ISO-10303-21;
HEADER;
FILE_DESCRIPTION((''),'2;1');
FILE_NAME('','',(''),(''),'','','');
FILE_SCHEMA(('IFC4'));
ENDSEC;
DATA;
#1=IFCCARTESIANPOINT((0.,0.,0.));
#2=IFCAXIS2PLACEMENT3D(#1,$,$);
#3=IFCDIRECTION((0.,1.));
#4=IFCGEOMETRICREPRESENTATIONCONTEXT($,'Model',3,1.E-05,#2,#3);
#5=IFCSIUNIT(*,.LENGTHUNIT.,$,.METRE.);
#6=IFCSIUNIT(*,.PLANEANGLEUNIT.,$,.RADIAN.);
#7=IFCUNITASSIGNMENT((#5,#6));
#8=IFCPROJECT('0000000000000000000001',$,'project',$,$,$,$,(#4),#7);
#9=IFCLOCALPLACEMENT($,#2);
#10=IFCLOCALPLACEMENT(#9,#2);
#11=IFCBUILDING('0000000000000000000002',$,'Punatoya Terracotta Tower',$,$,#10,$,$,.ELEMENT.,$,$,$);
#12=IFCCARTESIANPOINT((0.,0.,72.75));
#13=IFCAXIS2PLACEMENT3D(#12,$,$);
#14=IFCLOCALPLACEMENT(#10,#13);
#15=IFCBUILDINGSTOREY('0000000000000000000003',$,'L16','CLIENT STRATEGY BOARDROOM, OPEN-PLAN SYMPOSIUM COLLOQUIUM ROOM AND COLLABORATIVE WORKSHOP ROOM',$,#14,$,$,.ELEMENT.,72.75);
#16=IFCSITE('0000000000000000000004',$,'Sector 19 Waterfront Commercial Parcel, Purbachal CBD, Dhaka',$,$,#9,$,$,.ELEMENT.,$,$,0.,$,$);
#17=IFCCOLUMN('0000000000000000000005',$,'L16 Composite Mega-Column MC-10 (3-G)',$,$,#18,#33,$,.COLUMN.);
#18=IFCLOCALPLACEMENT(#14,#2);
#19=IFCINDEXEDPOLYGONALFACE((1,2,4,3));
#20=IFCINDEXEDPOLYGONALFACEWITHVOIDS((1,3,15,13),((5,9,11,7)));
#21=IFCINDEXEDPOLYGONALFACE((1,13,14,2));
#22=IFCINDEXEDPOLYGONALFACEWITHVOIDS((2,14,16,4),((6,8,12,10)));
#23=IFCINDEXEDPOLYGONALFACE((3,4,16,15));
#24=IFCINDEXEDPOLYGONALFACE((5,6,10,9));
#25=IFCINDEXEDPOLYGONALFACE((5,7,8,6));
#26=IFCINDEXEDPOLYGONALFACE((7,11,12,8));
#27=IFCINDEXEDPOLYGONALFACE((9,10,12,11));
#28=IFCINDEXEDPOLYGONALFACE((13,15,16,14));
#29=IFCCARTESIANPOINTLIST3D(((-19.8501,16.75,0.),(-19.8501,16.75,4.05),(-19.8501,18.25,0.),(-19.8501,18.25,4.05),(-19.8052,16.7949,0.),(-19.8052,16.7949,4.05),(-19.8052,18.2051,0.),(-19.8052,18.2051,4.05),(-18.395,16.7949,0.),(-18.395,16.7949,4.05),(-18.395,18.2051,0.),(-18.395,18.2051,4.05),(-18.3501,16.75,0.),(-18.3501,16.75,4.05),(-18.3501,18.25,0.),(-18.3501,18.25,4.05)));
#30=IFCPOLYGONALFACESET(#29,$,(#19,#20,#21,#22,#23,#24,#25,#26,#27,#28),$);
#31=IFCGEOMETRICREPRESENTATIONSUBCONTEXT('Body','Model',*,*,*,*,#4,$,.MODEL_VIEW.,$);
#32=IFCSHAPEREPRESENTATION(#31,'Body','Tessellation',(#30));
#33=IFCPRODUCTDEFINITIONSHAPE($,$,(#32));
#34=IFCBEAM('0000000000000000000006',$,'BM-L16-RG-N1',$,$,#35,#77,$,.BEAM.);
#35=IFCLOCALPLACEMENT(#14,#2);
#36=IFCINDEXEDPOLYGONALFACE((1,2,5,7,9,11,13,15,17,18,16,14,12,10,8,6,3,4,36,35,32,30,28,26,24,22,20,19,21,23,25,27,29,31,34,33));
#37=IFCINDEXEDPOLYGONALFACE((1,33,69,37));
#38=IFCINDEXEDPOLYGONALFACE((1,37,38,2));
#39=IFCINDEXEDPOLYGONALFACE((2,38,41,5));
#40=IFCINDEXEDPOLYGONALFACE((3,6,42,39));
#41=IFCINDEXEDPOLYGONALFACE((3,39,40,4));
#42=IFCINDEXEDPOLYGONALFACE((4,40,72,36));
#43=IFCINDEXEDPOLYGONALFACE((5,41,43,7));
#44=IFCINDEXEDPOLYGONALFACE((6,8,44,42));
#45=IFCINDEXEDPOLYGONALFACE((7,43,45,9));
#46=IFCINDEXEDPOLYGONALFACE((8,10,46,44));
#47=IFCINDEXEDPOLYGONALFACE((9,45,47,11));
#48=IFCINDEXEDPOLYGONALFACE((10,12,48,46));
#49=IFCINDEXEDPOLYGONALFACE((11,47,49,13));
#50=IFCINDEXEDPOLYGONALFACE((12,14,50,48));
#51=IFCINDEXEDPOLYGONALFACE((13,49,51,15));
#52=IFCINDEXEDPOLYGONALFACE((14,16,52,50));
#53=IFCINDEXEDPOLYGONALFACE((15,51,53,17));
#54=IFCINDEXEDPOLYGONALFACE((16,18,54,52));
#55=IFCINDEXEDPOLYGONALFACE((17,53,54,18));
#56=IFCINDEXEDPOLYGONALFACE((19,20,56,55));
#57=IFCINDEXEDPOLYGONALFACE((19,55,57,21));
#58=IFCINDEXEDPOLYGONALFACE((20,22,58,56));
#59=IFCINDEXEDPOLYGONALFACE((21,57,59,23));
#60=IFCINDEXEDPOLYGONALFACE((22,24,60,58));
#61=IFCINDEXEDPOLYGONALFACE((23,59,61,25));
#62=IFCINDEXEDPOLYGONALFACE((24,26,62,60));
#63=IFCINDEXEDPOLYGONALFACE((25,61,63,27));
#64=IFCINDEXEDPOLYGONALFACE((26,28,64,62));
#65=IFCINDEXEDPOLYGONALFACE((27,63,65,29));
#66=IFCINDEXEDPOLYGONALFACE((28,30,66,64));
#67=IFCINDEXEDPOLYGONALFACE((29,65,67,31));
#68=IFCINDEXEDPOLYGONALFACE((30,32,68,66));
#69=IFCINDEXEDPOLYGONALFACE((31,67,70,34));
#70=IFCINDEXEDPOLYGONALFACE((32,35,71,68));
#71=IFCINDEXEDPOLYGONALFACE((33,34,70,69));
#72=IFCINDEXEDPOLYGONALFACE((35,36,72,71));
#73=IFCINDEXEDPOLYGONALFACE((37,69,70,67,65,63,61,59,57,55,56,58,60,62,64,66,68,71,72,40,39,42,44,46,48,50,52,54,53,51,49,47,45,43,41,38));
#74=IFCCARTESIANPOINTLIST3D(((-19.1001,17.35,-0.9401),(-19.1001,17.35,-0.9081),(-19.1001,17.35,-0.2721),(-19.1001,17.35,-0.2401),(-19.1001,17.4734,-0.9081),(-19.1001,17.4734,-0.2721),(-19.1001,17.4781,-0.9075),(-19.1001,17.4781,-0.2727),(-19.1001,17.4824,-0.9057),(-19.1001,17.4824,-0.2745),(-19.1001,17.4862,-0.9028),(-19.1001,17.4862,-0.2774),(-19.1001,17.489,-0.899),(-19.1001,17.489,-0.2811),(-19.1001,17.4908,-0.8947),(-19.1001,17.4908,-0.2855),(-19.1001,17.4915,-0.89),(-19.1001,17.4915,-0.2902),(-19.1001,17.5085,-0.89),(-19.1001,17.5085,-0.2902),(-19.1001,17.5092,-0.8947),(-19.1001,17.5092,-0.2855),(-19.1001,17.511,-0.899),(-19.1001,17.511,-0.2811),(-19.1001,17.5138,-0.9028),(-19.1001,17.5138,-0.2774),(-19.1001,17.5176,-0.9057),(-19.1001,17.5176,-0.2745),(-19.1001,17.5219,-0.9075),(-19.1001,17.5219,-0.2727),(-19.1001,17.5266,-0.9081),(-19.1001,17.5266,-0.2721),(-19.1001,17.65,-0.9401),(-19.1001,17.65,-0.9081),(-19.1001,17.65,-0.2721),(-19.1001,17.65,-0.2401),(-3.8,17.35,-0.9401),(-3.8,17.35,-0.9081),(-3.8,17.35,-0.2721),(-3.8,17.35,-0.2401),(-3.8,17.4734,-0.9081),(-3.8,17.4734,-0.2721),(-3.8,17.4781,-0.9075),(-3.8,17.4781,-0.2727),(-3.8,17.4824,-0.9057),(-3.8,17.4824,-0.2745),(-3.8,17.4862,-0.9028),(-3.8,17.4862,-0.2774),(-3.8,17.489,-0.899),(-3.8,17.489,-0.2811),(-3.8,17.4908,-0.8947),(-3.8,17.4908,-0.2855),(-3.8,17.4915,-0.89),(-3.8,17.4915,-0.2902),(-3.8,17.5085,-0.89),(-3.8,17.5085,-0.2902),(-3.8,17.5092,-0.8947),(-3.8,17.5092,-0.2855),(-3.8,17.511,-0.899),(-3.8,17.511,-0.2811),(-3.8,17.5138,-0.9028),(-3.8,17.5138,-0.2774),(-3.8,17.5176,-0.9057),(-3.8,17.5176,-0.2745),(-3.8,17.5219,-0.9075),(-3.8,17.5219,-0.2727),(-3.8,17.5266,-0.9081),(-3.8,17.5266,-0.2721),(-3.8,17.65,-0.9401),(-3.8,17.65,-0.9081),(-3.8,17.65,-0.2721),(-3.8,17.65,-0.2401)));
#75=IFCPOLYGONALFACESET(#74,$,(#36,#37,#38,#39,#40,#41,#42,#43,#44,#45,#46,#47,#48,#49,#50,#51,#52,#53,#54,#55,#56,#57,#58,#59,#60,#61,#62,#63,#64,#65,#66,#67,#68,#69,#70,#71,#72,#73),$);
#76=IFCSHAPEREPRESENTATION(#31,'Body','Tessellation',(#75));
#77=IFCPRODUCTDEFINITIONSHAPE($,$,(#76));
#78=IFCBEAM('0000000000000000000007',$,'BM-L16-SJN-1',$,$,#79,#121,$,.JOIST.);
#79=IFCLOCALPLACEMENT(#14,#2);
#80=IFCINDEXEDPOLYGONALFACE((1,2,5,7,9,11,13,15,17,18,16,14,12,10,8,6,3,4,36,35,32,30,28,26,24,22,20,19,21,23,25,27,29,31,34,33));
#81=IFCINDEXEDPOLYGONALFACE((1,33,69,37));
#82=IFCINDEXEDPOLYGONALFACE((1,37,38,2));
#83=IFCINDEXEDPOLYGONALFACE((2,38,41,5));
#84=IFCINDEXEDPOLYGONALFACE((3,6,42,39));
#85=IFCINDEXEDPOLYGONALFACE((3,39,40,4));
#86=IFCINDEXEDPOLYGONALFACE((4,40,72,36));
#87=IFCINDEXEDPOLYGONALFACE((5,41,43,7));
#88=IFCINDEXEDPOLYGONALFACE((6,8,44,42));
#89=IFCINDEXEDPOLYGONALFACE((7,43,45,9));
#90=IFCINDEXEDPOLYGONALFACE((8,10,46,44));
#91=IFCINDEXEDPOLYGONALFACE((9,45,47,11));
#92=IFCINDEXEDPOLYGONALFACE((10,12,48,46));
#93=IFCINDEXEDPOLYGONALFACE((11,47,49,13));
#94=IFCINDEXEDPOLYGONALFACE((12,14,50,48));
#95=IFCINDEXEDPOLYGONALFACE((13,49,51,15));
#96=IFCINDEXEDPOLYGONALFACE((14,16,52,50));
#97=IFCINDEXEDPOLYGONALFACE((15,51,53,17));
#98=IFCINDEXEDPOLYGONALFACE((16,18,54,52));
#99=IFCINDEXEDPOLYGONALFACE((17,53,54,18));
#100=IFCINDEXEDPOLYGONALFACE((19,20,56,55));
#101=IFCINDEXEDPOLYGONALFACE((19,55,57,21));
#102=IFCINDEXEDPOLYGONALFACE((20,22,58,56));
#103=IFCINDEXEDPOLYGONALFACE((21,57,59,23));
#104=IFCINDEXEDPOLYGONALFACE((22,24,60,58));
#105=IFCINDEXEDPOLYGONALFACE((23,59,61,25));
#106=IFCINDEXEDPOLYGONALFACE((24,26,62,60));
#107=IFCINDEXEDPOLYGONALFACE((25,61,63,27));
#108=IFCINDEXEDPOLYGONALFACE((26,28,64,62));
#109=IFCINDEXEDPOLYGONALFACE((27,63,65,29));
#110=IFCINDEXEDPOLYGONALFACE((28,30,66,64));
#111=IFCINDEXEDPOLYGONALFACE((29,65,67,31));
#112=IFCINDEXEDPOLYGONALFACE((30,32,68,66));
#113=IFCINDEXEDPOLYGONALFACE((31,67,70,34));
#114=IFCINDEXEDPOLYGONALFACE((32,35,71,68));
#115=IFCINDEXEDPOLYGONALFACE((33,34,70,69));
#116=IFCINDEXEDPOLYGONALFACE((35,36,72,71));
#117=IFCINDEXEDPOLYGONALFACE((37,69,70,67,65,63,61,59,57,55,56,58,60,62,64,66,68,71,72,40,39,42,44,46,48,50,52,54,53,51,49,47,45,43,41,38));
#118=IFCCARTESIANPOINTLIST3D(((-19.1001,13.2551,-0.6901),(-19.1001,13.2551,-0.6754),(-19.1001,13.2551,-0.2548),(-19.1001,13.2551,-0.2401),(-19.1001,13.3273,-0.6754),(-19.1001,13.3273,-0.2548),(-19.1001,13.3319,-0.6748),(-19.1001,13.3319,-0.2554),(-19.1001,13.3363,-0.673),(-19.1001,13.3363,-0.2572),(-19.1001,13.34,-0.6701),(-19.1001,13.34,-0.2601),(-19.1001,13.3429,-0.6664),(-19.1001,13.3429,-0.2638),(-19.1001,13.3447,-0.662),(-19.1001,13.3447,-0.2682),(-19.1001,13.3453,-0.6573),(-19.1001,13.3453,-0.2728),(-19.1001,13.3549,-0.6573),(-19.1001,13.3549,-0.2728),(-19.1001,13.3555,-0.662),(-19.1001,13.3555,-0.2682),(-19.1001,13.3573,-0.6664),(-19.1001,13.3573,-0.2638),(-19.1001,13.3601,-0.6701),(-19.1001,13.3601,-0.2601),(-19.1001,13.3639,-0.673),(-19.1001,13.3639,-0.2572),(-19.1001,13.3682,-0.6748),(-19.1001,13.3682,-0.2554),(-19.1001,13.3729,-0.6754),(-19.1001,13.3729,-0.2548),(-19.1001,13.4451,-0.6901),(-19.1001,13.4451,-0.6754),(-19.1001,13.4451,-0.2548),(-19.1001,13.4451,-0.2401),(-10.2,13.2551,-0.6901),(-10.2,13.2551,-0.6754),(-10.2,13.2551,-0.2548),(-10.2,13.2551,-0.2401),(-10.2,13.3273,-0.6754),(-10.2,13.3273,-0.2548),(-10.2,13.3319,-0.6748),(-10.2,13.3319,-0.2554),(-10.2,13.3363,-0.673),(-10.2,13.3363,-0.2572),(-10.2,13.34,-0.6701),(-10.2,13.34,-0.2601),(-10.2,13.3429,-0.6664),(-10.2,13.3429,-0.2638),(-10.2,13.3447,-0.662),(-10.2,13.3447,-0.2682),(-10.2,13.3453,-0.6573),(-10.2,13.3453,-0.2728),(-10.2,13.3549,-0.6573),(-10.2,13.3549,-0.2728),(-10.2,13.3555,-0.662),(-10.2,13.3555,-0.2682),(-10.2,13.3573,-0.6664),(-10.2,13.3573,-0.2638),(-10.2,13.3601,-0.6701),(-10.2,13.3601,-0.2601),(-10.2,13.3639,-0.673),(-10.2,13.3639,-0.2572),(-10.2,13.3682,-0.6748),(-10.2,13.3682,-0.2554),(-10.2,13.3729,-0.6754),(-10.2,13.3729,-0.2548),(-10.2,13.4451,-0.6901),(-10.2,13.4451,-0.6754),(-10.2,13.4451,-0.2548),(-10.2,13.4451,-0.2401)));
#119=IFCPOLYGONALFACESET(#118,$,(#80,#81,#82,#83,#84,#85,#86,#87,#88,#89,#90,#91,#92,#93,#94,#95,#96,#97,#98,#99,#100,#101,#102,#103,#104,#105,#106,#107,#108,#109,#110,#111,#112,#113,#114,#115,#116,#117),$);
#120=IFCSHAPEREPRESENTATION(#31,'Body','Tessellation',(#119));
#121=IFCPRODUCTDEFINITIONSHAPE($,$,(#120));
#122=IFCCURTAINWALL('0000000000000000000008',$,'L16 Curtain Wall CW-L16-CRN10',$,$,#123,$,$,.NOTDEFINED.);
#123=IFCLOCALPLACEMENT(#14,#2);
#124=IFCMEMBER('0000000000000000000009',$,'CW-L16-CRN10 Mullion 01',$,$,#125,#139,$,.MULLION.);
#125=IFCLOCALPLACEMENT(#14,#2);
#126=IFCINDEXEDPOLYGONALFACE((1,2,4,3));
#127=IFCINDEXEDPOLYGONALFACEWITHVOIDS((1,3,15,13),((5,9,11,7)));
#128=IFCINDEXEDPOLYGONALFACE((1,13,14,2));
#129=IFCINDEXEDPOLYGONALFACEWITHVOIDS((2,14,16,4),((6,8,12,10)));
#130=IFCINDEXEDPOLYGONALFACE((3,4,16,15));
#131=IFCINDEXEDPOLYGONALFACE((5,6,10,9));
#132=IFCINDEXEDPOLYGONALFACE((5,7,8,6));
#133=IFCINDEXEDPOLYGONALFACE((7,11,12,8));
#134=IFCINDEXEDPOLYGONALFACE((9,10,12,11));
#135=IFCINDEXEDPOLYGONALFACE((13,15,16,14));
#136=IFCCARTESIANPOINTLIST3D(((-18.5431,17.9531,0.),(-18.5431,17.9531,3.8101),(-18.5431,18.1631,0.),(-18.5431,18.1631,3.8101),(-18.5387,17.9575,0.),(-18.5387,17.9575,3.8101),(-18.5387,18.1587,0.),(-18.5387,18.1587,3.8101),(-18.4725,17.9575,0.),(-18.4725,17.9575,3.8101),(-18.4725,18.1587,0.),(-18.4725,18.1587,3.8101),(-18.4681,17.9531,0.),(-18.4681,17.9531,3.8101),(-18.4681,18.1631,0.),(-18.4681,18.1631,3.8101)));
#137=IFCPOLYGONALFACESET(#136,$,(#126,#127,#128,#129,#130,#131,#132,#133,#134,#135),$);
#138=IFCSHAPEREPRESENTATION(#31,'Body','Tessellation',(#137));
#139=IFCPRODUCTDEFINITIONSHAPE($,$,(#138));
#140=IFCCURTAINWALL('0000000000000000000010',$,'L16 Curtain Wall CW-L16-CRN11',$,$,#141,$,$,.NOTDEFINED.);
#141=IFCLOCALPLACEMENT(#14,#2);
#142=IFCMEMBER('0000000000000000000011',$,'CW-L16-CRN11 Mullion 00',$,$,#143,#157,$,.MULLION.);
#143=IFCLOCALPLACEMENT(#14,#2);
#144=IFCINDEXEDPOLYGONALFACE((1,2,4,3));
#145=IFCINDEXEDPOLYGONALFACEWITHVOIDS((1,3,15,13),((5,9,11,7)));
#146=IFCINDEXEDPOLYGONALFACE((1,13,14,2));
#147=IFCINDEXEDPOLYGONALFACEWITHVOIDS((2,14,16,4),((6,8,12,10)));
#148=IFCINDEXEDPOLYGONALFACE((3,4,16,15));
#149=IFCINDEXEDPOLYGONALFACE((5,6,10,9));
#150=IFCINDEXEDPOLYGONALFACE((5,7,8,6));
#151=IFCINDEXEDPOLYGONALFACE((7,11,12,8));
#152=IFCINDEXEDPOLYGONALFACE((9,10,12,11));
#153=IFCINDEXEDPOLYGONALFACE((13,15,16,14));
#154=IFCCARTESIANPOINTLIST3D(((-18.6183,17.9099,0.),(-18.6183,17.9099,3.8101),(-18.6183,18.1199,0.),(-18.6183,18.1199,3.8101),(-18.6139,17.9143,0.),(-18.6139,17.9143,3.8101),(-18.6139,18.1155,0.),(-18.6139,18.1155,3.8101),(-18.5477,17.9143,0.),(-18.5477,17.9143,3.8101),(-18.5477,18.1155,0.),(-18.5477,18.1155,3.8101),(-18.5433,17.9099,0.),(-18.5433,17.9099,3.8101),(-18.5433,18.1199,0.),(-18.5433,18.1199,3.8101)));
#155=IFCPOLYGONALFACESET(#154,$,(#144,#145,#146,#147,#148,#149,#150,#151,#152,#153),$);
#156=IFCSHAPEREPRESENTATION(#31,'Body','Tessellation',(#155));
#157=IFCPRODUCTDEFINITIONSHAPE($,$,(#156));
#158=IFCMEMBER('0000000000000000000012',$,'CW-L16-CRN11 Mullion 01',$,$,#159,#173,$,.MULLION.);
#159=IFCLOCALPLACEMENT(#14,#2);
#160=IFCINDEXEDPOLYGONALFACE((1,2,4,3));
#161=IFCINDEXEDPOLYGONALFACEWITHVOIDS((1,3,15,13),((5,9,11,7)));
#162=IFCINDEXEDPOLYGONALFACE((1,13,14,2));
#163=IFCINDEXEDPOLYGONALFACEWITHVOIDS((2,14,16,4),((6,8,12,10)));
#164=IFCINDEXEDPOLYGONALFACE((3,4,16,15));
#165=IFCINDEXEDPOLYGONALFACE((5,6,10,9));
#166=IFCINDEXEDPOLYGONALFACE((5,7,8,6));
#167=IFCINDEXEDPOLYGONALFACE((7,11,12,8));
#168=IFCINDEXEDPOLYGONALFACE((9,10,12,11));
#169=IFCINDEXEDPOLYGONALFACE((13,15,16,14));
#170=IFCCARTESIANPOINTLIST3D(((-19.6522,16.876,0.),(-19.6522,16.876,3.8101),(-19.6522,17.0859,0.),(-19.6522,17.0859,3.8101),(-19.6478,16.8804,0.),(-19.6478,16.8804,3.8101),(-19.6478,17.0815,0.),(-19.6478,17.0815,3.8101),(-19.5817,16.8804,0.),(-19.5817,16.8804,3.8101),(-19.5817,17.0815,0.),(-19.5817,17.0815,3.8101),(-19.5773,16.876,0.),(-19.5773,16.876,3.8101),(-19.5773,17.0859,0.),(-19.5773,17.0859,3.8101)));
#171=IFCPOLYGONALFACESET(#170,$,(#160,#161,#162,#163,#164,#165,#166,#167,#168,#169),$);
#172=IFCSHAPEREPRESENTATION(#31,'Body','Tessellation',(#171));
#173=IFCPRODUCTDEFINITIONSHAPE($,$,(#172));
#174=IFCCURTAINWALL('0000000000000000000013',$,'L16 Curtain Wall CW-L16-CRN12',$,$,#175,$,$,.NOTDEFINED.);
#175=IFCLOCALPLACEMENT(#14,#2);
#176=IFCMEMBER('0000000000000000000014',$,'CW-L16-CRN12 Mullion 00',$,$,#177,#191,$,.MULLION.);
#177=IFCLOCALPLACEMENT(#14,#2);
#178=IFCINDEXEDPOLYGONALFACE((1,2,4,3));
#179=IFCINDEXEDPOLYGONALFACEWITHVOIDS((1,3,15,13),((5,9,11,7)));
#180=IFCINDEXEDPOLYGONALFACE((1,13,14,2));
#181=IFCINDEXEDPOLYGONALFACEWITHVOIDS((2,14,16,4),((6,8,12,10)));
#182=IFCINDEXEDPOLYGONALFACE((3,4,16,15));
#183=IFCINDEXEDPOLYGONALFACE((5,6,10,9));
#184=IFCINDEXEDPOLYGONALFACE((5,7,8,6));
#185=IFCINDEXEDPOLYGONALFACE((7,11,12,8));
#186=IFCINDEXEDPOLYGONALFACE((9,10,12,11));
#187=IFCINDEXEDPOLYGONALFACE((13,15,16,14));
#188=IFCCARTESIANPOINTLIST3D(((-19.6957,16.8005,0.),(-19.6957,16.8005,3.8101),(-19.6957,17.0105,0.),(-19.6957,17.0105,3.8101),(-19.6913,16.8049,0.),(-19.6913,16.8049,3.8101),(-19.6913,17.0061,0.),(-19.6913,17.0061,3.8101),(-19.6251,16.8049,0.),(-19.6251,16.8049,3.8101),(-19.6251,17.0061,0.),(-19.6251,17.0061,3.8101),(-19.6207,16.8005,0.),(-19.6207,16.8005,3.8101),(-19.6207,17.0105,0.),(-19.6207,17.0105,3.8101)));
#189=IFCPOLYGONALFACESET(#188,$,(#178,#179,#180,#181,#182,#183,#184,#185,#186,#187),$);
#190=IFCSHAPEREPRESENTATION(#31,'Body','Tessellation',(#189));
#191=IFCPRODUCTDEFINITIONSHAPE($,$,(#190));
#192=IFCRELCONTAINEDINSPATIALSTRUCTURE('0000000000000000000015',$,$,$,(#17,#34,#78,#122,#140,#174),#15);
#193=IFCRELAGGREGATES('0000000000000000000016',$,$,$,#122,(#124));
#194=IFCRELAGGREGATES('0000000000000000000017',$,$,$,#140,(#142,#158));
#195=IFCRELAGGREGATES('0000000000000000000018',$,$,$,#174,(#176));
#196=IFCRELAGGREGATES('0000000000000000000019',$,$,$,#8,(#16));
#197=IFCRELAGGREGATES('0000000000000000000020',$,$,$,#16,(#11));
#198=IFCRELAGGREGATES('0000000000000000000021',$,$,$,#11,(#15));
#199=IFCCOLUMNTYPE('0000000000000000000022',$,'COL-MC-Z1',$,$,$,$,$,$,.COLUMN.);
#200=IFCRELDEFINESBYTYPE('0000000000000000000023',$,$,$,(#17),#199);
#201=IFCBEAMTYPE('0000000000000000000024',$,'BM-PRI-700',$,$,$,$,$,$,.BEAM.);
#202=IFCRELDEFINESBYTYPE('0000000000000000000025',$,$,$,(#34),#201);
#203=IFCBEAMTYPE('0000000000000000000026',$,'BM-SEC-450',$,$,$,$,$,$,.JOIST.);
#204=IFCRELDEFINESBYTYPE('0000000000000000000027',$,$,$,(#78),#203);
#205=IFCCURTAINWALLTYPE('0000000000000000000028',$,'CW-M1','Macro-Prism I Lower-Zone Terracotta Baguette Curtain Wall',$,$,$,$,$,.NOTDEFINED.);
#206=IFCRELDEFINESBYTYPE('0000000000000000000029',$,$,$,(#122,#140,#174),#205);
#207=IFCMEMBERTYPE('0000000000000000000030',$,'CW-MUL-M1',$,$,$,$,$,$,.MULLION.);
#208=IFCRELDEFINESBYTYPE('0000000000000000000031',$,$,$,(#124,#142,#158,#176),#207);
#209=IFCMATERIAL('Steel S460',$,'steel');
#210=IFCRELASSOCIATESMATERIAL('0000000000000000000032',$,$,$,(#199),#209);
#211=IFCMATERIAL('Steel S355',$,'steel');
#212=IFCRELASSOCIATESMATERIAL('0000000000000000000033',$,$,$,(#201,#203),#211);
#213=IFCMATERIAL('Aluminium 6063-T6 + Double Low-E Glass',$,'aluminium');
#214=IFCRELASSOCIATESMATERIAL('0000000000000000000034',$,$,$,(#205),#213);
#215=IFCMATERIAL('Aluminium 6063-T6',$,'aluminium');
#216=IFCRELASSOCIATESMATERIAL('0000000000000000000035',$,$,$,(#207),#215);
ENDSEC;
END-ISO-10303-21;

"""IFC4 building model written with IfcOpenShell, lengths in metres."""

from ifc_helpers import new_model, si_unit, direction, frame, origin, origin_2d, place, context, subcontext, project, spatial, hollow_rectangle, i_section, extrude, material, material_profile, profile_set, type_object, element, aggregate, save


model = new_model("IFC4")

# Units and contexts
model_context = context("Model", 3, precision=1e-05, world=origin(), true_north=direction((0.0, 1.0)))
body_context = subcontext(model_context, "Body", "Model", "MODEL_VIEW")
ifc_project = project(units=[si_unit("LENGTHUNIT", "METRE"), si_unit("PLANEANGLEUNIT", "RADIAN")], contexts=[model_context])

# Site, building, storey
site_placement = place(None, origin())
site = spatial("IfcSite", under=ifc_project, at=site_placement, Name="Sector 19 Waterfront Commercial Parcel, Purbachal CBD, Dhaka", CompositionType="ELEMENT", RefElevation=0.0)
building_placement = place(site_placement, origin())
building = spatial("IfcBuilding", under=site, at=building_placement, Name="Punatoya Terracotta Tower", CompositionType="ELEMENT")
storey_placement = place(building_placement, frame((0.0, 0.0, 72.75)))
storey = spatial("IfcBuildingStorey", under=building, at=storey_placement, Name="L16", Description="CLIENT STRATEGY BOARDROOM, OPEN-PLAN SYMPOSIUM COLLOQUIUM ROOM AND COLLABORATIVE WORKSHOP ROOM", CompositionType="ELEMENT", Elevation=72.75)

# Column
ifc_material_1 = material(Name="Steel S460", Category="steel")
ifc_material_profile_1 = material_profile(ifc_material_1, hollow_rectangle(XDim=1.5, YDim=1.5, WallThickness=0.0449, at=origin_2d()))
ifc_profile_set_1 = profile_set([ifc_material_profile_1], Name="Steel S460")
column_type = type_object("IfcColumnType", Name="COL-MC-Z1", PredefinedType="COLUMN", material=ifc_profile_set_1)
column_placement = place(storey_placement, frame((-19.1001, 17.5, 0.0), z_axis=(0.0, 0.0, 1.0), x_axis=(1.0, 0.0, 0.0)))
element("IfcColumn", 1, at=column_placement, inside=storey, type_object=column_type, Name="L16 Composite Mega-Column MC-10 (3-G)", PredefinedType="COLUMN", context=body_context, shape_type="SweptSolid", body=[
    extrude(hollow_rectangle(XDim=1.5, YDim=1.5, WallThickness=0.0449, at=origin_2d()), origin(), (0.0, 0.0, 1.0), 4.05),
])

# Beams
ifc_material_2 = material(Name="Steel S355", Category="steel")
ifc_material_profile_2 = material_profile(ifc_material_2, i_section(OverallWidth=0.3, OverallDepth=0.7, WebThickness=0.0171, FlangeThickness=0.032, FilletRadius=0.0181, at=origin_2d()))
ifc_profile_set_2 = profile_set([ifc_material_profile_2], Name="Steel S355")
beam_type_1 = type_object("IfcBeamType", Name="BM-PRI-700", PredefinedType="BEAM", material=ifc_profile_set_2)
beam_1_placement = place(storey_placement, frame((-19.1001, 17.5, -0.5901), z_axis=(1.0, 0.0, 0.0), x_axis=(0.0, 1.0, 0.0)))
element("IfcBeam", 2, at=beam_1_placement, inside=storey, type_object=beam_type_1, Name="BM-L16-RG-N1", PredefinedType="BEAM", context=body_context, shape_type="SweptSolid", body=[
    extrude(i_section(OverallWidth=0.3, OverallDepth=0.7, WebThickness=0.0171, FlangeThickness=0.032, FilletRadius=0.0181, at=origin_2d()), origin(), (0.0, 0.0, 1.0), 15.3),
])
ifc_material_profile_3 = material_profile(ifc_material_2, i_section(OverallWidth=0.1899, OverallDepth=0.45, WebThickness=0.0095, FlangeThickness=0.0146, FilletRadius=0.0181, at=origin_2d()))
ifc_profile_set_3 = profile_set([ifc_material_profile_3], Name="Steel S355")
beam_type_2 = type_object("IfcBeamType", Name="BM-SEC-450", PredefinedType="JOIST", material=ifc_profile_set_3)
beam_2_placement = place(storey_placement, frame((-19.1001, 13.3501, -0.4651), z_axis=(1.0, 0.0, 0.0), x_axis=(0.0, 1.0, 0.0)))
element("IfcBeam", 3, at=beam_2_placement, inside=storey, type_object=beam_type_2, Name="BM-L16-SJN-1", PredefinedType="JOIST", context=body_context, shape_type="SweptSolid", body=[
    extrude(i_section(OverallWidth=0.1899, OverallDepth=0.45, WebThickness=0.0095, FlangeThickness=0.0146, FilletRadius=0.0181, at=origin_2d()), origin(), (0.0, 0.0, 1.0), 8.9001),
])

# Curtain wall, member
ifc_material_3 = material(Name="Aluminium 6063-T6 + Double Low-E Glass", Category="aluminium")
curtain_wall_type = type_object("IfcCurtainWallType", Name="CW-M1", Description="Macro-Prism I Lower-Zone Terracotta Baguette Curtain Wall", PredefinedType="NOTDEFINED", material=ifc_material_3)
curtain_wall_1_placement = place(storey_placement, origin())
curtain_wall_1 = element("IfcCurtainWall", 4, at=curtain_wall_1_placement, inside=storey, type_object=curtain_wall_type, Name="L16 Curtain Wall CW-L16-CRN10", PredefinedType="NOTDEFINED")
ifc_material_4 = material(Name="Aluminium 6063-T6", Category="aluminium")
ifc_material_profile_4 = material_profile(ifc_material_4, hollow_rectangle(XDim=0.075, YDim=0.21, WallThickness=0.0044, at=origin_2d()))
ifc_profile_set_4 = profile_set([ifc_material_profile_4], Name="Aluminium 6063-T6")
member_type_1 = type_object("IfcMemberType", Name="CW-MUL-M1", PredefinedType="MULLION", material=ifc_profile_set_4)
member_1_placement = place(storey_placement, frame((-18.5056, 18.0581, 0.0), z_axis=(0.0, 0.0, 1.0), x_axis=(1.0, 0.0, 0.0)))
member_1 = element("IfcMember", 5, at=member_1_placement, type_object=member_type_1, Name="CW-L16-CRN10 Mullion 01", PredefinedType="MULLION", context=body_context, shape_type="SweptSolid", body=[
    extrude(hollow_rectangle(XDim=0.075, YDim=0.21, WallThickness=0.0044, at=origin_2d()), origin(), (0.0, 0.0, 1.0), 3.8101),
])

# Curtain walls, members
curtain_wall_2_placement = place(storey_placement, origin())
curtain_wall_2 = element("IfcCurtainWall", 6, at=curtain_wall_2_placement, inside=storey, type_object=curtain_wall_type, Name="L16 Curtain Wall CW-L16-CRN11", PredefinedType="NOTDEFINED")
member_2_placement = place(storey_placement, frame((-18.5808, 18.0149, 0.0), z_axis=(0.0, 0.0, 1.0), x_axis=(1.0, 0.0, 0.0)))
member_2 = element("IfcMember", 7, at=member_2_placement, type_object=member_type_1, Name="CW-L16-CRN11 Mullion 00", PredefinedType="MULLION", context=body_context, shape_type="SweptSolid", body=[
    extrude(hollow_rectangle(XDim=0.075, YDim=0.21, WallThickness=0.0044, at=origin_2d()), origin(), (0.0, 0.0, 1.0), 3.8101),
])
member_3_placement = place(storey_placement, frame((-19.6147, 16.981, 0.0), z_axis=(0.0, 0.0, 1.0), x_axis=(1.0, 0.0, 0.0)))
member_3 = element("IfcMember", 8, at=member_3_placement, type_object=member_type_1, Name="CW-L16-CRN11 Mullion 01", PredefinedType="MULLION", context=body_context, shape_type="SweptSolid", body=[
    extrude(hollow_rectangle(XDim=0.075, YDim=0.21, WallThickness=0.0044, at=origin_2d()), origin(), (0.0, 0.0, 1.0), 3.8101),
])
curtain_wall_3_placement = place(storey_placement, origin())
curtain_wall_3 = element("IfcCurtainWall", 9, at=curtain_wall_3_placement, inside=storey, type_object=curtain_wall_type, Name="L16 Curtain Wall CW-L16-CRN12", PredefinedType="NOTDEFINED")
member_4_placement = place(storey_placement, frame((-19.6582, 16.9055, 0.0), z_axis=(0.0, 0.0, 1.0), x_axis=(1.0, 0.0, 0.0)))
member_4 = element("IfcMember", 10, at=member_4_placement, type_object=member_type_1, Name="CW-L16-CRN12 Mullion 00", PredefinedType="MULLION", context=body_context, shape_type="SweptSolid", body=[
    extrude(hollow_rectangle(XDim=0.075, YDim=0.21, WallThickness=0.0044, at=origin_2d()), origin(), (0.0, 0.0, 1.0), 3.8101),
])

aggregate(curtain_wall_1, [member_1])
aggregate(curtain_wall_2, [member_2, member_3])
aggregate(curtain_wall_3, [member_4])

save(model, "model.ifc")
